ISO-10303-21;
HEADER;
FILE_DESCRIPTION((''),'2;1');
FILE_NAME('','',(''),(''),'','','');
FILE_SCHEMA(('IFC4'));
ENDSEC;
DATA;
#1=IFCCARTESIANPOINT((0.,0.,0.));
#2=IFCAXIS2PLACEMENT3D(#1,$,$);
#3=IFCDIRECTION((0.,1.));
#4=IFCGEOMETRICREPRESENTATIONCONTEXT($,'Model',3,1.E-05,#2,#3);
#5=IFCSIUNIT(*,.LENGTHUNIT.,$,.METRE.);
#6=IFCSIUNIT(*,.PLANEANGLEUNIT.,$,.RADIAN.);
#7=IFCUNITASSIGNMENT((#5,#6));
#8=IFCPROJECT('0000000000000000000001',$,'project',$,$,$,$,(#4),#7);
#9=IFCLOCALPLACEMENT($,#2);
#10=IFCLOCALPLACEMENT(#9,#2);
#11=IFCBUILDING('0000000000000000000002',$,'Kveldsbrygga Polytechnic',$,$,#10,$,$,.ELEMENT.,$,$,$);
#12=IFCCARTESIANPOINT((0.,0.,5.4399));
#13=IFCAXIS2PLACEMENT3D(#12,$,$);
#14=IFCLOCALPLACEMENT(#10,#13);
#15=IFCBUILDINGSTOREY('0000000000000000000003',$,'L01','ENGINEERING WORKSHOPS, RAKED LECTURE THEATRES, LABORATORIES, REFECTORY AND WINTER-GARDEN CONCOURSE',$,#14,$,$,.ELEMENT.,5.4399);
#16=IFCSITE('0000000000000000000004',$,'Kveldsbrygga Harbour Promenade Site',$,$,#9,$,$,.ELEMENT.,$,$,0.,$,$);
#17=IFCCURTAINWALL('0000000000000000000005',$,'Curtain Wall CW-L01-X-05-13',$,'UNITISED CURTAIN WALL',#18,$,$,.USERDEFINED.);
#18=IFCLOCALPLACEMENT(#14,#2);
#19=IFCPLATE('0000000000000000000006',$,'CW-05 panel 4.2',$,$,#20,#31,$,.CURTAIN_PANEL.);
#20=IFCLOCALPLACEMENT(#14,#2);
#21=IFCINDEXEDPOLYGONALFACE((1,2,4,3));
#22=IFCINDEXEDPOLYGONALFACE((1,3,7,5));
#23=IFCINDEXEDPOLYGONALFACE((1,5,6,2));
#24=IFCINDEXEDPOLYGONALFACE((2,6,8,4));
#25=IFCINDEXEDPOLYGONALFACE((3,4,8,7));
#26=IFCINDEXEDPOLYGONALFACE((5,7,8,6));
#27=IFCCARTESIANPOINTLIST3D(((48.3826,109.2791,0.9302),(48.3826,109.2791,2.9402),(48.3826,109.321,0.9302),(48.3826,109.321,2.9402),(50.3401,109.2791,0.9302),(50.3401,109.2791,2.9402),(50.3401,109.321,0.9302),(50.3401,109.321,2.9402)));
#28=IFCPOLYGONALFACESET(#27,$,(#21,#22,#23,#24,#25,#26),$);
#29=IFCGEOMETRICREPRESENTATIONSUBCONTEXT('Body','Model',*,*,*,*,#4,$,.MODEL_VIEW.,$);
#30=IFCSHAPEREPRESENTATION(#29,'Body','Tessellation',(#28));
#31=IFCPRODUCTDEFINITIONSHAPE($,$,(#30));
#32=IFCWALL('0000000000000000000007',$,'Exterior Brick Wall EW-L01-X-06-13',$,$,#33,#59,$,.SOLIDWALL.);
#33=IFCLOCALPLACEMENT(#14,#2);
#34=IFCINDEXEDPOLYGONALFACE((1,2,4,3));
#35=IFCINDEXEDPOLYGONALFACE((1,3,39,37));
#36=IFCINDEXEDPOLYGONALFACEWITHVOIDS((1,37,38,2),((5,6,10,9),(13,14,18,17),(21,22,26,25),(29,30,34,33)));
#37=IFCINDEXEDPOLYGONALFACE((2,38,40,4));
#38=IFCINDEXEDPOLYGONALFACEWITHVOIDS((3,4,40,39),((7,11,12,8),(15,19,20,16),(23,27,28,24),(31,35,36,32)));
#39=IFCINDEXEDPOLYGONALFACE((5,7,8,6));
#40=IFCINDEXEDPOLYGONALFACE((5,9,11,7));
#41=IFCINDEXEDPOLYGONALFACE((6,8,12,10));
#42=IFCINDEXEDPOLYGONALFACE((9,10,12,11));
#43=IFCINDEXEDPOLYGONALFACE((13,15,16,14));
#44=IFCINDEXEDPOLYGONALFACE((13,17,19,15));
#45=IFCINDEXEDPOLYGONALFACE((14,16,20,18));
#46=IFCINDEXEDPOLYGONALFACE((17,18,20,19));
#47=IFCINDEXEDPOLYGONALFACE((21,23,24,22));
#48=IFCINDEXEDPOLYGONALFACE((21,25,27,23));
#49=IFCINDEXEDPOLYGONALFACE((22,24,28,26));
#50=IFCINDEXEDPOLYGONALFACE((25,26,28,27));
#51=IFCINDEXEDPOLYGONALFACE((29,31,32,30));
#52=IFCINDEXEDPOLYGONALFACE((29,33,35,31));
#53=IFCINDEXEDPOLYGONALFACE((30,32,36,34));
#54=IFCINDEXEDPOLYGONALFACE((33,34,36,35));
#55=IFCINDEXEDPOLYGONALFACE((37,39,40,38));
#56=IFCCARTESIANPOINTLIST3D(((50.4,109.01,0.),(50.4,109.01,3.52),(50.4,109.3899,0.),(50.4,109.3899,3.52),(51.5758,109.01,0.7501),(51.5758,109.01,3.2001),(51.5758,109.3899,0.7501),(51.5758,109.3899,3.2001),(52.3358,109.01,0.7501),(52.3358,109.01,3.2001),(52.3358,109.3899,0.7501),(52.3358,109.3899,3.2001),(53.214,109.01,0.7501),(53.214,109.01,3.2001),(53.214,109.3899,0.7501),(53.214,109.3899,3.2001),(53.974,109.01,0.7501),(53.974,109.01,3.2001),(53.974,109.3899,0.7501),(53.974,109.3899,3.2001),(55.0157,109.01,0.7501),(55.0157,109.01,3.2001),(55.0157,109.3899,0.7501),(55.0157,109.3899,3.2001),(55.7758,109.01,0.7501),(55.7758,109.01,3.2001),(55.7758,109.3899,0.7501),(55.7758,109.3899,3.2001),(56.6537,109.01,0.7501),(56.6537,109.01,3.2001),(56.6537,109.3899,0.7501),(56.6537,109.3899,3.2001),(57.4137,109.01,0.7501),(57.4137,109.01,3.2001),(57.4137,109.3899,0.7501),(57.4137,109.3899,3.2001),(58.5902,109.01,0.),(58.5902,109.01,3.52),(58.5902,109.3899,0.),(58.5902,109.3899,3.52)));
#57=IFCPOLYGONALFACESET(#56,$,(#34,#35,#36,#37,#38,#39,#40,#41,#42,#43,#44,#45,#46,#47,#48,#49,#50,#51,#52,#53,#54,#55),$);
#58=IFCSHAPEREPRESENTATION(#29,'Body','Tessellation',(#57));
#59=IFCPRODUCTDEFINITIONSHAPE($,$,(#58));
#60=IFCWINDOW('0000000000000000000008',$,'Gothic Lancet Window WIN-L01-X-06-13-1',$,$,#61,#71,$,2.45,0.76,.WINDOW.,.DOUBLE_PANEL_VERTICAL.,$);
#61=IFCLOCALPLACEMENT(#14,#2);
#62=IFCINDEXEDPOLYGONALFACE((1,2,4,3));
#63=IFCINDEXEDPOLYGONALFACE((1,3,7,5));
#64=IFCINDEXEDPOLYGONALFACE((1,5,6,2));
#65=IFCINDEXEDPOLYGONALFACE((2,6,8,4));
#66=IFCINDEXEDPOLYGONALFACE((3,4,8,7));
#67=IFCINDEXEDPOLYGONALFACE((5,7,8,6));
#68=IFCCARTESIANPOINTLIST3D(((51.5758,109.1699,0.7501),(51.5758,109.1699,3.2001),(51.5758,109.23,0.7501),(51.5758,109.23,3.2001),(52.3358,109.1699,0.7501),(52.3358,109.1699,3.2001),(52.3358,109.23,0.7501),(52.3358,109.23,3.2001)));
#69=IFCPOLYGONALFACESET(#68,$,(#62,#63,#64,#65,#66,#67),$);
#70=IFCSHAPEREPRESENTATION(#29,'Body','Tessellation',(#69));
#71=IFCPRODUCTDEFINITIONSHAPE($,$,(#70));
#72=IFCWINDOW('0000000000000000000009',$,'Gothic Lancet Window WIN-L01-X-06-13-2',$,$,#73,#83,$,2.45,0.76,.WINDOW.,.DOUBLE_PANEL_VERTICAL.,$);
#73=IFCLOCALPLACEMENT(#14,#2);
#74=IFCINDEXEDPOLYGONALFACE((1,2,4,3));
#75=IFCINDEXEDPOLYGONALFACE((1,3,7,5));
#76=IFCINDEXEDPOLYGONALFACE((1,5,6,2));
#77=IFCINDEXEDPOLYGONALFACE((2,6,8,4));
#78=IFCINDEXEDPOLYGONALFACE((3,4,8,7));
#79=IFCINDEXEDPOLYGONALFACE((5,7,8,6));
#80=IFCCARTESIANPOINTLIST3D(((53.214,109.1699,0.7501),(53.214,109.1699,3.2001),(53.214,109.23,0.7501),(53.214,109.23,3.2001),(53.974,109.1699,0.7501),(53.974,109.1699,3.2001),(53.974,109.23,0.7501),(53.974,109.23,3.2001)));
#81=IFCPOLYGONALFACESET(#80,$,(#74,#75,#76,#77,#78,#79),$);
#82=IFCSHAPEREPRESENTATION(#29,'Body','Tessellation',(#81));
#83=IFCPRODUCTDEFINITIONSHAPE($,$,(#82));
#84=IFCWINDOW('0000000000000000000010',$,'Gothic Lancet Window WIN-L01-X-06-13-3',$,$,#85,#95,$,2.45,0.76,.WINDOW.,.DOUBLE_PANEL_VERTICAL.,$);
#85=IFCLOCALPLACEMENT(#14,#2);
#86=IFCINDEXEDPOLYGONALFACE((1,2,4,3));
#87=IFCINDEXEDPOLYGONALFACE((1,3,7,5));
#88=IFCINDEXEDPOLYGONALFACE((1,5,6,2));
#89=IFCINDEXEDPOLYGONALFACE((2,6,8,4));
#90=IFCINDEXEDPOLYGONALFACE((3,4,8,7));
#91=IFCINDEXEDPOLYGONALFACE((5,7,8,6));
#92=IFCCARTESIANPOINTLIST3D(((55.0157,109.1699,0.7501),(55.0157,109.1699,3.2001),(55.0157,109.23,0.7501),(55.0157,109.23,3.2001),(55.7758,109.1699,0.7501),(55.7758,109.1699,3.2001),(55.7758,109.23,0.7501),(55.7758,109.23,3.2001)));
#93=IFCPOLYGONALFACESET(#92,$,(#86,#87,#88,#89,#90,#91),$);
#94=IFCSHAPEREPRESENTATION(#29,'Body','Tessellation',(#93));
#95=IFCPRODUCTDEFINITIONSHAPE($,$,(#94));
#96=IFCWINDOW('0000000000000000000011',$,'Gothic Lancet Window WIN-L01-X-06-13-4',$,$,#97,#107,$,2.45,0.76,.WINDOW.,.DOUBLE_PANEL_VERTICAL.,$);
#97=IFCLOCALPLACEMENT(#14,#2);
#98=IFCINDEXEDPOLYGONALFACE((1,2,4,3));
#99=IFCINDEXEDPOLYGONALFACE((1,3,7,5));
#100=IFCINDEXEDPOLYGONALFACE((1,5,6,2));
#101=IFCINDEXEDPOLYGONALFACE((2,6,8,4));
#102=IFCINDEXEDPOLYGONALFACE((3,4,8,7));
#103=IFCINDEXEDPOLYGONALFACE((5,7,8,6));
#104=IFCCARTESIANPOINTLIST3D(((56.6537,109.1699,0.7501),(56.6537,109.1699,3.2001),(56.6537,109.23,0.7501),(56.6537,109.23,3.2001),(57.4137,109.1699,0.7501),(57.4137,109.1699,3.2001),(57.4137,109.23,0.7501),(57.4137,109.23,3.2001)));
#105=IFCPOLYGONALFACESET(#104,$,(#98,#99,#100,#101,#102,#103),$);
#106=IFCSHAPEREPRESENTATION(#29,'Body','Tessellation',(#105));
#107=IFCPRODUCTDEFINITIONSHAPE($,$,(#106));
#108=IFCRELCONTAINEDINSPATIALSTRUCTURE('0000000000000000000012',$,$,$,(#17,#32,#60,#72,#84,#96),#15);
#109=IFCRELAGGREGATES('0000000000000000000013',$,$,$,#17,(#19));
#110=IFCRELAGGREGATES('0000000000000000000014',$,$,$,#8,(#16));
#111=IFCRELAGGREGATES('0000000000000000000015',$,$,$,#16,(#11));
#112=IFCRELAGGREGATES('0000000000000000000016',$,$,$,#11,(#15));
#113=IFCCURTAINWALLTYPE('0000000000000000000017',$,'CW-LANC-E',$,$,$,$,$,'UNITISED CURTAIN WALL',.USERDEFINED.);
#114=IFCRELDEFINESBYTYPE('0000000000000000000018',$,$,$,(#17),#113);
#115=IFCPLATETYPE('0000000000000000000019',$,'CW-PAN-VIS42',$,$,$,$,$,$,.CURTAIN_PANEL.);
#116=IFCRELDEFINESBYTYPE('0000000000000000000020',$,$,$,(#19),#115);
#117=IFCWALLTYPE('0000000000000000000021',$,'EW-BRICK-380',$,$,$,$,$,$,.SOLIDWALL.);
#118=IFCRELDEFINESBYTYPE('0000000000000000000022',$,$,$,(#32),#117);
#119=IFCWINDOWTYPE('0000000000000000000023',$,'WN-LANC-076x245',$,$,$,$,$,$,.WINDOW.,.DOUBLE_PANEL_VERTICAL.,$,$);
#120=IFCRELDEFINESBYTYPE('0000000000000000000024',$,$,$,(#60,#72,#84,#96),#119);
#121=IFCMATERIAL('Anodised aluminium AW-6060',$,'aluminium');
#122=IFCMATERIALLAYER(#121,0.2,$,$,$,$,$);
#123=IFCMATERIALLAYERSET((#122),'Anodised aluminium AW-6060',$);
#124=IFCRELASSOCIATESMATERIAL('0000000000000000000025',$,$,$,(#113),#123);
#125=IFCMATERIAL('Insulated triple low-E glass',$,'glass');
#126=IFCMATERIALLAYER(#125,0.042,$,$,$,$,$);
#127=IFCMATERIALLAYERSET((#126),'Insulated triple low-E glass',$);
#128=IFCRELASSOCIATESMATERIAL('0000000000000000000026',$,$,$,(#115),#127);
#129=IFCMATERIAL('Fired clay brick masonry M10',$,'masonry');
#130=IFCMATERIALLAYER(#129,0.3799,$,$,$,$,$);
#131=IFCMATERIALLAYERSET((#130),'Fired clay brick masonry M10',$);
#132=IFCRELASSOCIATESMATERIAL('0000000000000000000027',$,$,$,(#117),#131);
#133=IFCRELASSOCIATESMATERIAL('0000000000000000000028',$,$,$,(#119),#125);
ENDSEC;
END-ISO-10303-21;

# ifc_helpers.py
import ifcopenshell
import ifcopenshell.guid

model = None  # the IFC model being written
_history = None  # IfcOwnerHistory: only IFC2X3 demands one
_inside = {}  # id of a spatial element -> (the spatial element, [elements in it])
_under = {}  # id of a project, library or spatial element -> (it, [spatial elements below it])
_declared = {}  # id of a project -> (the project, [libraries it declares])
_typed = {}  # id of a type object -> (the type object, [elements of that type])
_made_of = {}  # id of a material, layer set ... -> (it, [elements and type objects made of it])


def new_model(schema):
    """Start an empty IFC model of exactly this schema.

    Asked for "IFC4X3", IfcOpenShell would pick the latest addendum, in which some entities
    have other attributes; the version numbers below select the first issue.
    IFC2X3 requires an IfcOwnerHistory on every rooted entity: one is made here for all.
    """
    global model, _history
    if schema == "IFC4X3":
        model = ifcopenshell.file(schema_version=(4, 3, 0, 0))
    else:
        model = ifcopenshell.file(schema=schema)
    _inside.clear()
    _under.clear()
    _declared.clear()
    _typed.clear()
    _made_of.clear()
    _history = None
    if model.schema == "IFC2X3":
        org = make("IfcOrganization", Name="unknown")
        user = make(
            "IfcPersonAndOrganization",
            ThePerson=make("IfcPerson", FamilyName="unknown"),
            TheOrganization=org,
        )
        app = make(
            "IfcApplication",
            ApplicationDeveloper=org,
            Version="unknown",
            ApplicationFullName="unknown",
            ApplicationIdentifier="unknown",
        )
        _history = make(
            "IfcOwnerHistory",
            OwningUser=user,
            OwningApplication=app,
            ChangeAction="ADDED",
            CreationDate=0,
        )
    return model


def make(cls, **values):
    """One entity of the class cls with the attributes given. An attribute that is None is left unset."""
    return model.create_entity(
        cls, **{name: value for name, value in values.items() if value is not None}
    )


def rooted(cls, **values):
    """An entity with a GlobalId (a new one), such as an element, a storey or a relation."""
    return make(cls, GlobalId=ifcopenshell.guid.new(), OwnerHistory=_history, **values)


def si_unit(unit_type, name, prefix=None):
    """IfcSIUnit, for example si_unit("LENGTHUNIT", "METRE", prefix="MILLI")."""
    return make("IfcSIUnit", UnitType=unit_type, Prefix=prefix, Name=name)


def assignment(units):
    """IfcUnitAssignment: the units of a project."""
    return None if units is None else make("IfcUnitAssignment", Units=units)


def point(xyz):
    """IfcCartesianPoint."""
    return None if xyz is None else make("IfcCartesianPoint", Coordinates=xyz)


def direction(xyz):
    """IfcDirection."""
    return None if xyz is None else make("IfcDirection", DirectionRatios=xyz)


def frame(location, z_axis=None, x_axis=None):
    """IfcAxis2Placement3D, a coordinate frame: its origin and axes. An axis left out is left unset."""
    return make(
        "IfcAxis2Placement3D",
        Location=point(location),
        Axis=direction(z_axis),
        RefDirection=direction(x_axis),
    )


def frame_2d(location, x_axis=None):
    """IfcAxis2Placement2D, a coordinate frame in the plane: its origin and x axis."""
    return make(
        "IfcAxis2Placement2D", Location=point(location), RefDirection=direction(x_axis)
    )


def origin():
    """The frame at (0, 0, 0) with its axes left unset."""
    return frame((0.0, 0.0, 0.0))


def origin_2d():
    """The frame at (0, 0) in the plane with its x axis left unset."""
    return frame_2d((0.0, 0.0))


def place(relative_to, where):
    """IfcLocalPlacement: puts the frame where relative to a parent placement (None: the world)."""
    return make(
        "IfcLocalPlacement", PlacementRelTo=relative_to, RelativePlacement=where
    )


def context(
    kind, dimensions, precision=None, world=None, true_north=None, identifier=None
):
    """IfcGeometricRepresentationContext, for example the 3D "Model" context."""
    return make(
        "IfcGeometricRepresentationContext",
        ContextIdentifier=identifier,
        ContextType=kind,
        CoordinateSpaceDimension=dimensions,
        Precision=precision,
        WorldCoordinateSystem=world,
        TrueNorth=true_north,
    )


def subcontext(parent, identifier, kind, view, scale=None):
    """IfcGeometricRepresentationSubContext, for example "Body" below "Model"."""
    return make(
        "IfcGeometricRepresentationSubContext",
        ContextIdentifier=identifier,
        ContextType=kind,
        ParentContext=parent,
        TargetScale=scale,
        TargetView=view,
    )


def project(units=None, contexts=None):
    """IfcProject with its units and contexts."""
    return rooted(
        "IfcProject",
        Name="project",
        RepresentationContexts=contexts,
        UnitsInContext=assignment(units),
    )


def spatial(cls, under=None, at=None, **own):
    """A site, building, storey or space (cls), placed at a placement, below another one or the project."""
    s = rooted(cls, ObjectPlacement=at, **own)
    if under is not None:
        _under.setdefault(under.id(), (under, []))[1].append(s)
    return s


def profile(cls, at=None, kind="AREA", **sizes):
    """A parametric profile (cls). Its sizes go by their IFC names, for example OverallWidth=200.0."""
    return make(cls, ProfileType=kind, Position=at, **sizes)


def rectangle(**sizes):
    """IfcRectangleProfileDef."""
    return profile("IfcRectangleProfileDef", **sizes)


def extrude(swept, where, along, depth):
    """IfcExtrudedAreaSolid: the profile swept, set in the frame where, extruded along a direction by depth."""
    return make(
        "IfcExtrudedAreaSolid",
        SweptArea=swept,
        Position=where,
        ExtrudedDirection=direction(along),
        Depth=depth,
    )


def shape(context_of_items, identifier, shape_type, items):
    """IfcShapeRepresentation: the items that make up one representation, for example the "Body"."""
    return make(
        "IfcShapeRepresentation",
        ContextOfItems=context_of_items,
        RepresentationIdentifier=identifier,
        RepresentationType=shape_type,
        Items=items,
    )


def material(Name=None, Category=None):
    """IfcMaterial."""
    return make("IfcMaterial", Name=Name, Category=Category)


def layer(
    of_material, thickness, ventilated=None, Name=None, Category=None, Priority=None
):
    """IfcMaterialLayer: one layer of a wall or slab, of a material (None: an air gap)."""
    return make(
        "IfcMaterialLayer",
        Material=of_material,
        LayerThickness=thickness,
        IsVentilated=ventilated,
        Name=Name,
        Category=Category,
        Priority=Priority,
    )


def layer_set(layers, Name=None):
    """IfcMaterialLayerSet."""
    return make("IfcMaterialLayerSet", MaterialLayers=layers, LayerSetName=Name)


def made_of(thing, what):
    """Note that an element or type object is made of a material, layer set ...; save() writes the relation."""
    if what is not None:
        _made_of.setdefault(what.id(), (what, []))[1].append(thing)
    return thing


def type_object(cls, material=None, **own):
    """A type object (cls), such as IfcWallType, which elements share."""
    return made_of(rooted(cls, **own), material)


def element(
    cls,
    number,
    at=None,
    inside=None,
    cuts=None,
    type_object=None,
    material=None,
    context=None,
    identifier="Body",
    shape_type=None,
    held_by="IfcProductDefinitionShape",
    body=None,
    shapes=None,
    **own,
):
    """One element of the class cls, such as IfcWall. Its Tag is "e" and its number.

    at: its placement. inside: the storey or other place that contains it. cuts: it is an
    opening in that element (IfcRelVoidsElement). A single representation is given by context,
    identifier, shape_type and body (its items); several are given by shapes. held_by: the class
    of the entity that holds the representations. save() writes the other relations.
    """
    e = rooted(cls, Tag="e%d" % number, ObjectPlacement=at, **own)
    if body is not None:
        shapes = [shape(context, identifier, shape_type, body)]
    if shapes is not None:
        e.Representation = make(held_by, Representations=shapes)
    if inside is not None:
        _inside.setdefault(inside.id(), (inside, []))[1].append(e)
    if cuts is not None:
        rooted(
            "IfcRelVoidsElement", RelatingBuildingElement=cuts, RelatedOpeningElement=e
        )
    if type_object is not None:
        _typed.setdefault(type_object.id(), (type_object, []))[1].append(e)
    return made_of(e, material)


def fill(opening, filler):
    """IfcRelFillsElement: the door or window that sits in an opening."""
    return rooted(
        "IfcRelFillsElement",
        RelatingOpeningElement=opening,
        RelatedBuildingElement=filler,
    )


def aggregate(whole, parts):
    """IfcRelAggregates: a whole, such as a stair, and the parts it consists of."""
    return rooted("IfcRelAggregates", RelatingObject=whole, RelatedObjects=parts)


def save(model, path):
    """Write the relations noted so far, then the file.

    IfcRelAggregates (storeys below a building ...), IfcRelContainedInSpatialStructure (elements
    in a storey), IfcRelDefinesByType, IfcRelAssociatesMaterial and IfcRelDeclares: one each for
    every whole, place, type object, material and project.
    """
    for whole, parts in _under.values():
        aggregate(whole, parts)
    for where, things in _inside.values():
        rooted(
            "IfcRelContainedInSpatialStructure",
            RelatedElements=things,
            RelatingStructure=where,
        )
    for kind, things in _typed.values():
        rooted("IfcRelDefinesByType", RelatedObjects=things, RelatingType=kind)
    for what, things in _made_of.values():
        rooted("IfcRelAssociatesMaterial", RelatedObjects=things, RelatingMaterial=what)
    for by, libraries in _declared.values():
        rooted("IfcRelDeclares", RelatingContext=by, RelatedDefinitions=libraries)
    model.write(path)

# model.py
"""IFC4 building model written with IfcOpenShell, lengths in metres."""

from ifc_helpers import new_model, si_unit, direction, frame, frame_2d, origin, origin_2d, place, context, subcontext, project, spatial, rectangle, extrude, material, layer, layer_set, type_object, element, fill, aggregate, save


model = new_model("IFC4")

# Units and contexts
model_context = context("Model", 3, precision=1e-05, world=origin(), true_north=direction((0.0, 1.0)))
body_context = subcontext(model_context, "Body", "Model", "MODEL_VIEW")
ifc_project = project(units=[si_unit("LENGTHUNIT", "METRE"), si_unit("PLANEANGLEUNIT", "RADIAN")], contexts=[model_context])

# Site, building, storey
site_placement = place(None, origin())
site = spatial("IfcSite", under=ifc_project, at=site_placement, Name="Kveldsbrygga Harbour Promenade Site", CompositionType="ELEMENT", RefElevation=0.0)
building_placement = place(site_placement, origin())
building = spatial("IfcBuilding", under=site, at=building_placement, Name="Kveldsbrygga Polytechnic", CompositionType="ELEMENT")
storey_placement = place(building_placement, frame((0.0, 0.0, 5.4399)))
storey = spatial("IfcBuildingStorey", under=building, at=storey_placement, Name="L01", Description="ENGINEERING WORKSHOPS, RAKED LECTURE THEATRES, LABORATORIES, REFECTORY AND WINTER-GARDEN CONCOURSE", CompositionType="ELEMENT", Elevation=5.4399)

# Curtain wall, plate
ifc_material_1 = material(Name="Anodised aluminium AW-6060", Category="aluminium")
ifc_layer_1 = layer(ifc_material_1, 0.2)
ifc_layer_set_1 = layer_set([ifc_layer_1], Name="Anodised aluminium AW-6060")
curtain_wall_type = type_object("IfcCurtainWallType", Name="CW-LANC-E", ElementType="UNITISED CURTAIN WALL", PredefinedType="USERDEFINED", material=ifc_layer_set_1)
curtain_wall_placement = place(storey_placement, origin())
curtain_wall = element("IfcCurtainWall", 1, at=curtain_wall_placement, inside=storey, type_object=curtain_wall_type, Name="Curtain Wall CW-L01-X-05-13", ObjectType="UNITISED CURTAIN WALL", PredefinedType="USERDEFINED")
ifc_material_2 = material(Name="Insulated triple low-E glass", Category="glass")
ifc_layer_2 = layer(ifc_material_2, 0.042)
ifc_layer_set_2 = layer_set([ifc_layer_2], Name="Insulated triple low-E glass")
plate_type = type_object("IfcPlateType", Name="CW-PAN-VIS42", PredefinedType="CURTAIN_PANEL", material=ifc_layer_set_2)
plate_1_placement = place(storey_placement, frame((49.3613, 109.3, 0.9302), z_axis=(0.0, 0.0, 1.0), x_axis=(1.0, 0.0, 0.0)))
plate_1 = element("IfcPlate", 2, at=plate_1_placement, type_object=plate_type, Name="CW-05 panel 4.2", PredefinedType="CURTAIN_PANEL", context=body_context, shape_type="SweptSolid", body=[
    extrude(rectangle(XDim=1.9575, YDim=0.042, at=origin_2d()), origin(), (0.0, 0.0, 1.0), 2.01),
])
aggregate(curtain_wall, [plate_1])

# Wall, openings, windows
ifc_material_3 = material(Name="Fired clay brick masonry M10", Category="masonry")
ifc_layer_3 = layer(ifc_material_3, 0.3799)
ifc_layer_set_3 = layer_set([ifc_layer_3], Name="Fired clay brick masonry M10")
wall_type_1 = type_object("IfcWallType", Name="EW-BRICK-380", PredefinedType="SOLIDWALL", material=ifc_layer_set_3)
wall_1_placement = place(storey_placement, frame((50.3999, 109.2, 0.0), z_axis=(0.0, 0.0, 1.0), x_axis=(1.0, 0.0, 0.0)))
wall_1 = element("IfcWall", 3, at=wall_1_placement, inside=storey, type_object=wall_type_1, Name="Exterior Brick Wall EW-L01-X-06-13", PredefinedType="SOLIDWALL", context=body_context, shape_type="SweptSolid", body=[
    extrude(rectangle(XDim=8.1902, YDim=0.3799, at=frame_2d((4.0952, 0.0))), origin(), (0.0, 0.0, 1.0), 3.52),
])
opening_1_placement = place(wall_1_placement, frame((1.176, 0.0, 0.75)))
opening_1 = element("IfcOpeningElement", 4, at=opening_1_placement, cuts=wall_1, PredefinedType="OPENING", context=body_context, shape_type="SweptSolid", body=[
    extrude(rectangle(XDim=0.76, YDim=2.45, at=frame_2d((0.3799, 1.2251))), frame((0.0, 0.2, 0.0), z_axis=(0.0, -1.0, 0.0), x_axis=(1.0, 0.0, 0.0)), (0.0, 0.0, 1.0), 0.3999),
])
opening_2_placement = place(wall_1_placement, frame((2.8142, 0.0, 0.75)))
opening_2 = element("IfcOpeningElement", 5, at=opening_2_placement, cuts=wall_1, PredefinedType="OPENING", context=body_context, shape_type="SweptSolid", body=[
    extrude(rectangle(XDim=0.76, YDim=2.45, at=frame_2d((0.3799, 1.2251))), frame((0.0, 0.2, 0.0), z_axis=(0.0, -1.0, 0.0), x_axis=(1.0, 0.0, 0.0)), (0.0, 0.0, 1.0), 0.3999),
])
opening_3_placement = place(wall_1_placement, frame((4.616, 0.0, 0.75)))
opening_3 = element("IfcOpeningElement", 6, at=opening_3_placement, cuts=wall_1, PredefinedType="OPENING", context=body_context, shape_type="SweptSolid", body=[
    extrude(rectangle(XDim=0.76, YDim=2.45, at=frame_2d((0.3799, 1.2251))), frame((0.0, 0.2, 0.0), z_axis=(0.0, -1.0, 0.0), x_axis=(1.0, 0.0, 0.0)), (0.0, 0.0, 1.0), 0.3999),
])
opening_4_placement = place(wall_1_placement, frame((6.2539, 0.0, 0.75)))
opening_4 = element("IfcOpeningElement", 7, at=opening_4_placement, cuts=wall_1, PredefinedType="OPENING", context=body_context, shape_type="SweptSolid", body=[
    extrude(rectangle(XDim=0.76, YDim=2.45, at=frame_2d((0.3799, 1.2251))), frame((0.0, 0.2, 0.0), z_axis=(0.0, -1.0, 0.0), x_axis=(1.0, 0.0, 0.0)), (0.0, 0.0, 1.0), 0.3999),
])
window_type_1 = type_object("IfcWindowType", Name="WN-LANC-076x245", PartitioningType="DOUBLE_PANEL_VERTICAL", PredefinedType="WINDOW", material=ifc_material_2)
window_1_placement = place(opening_1_placement, origin())
window_1 = element("IfcWindow", 8, at=window_1_placement, inside=storey, type_object=window_type_1, Name="Gothic Lancet Window WIN-L01-X-06-13-1", OverallHeight=2.45, OverallWidth=0.76, PartitioningType="DOUBLE_PANEL_VERTICAL", PredefinedType="WINDOW", context=body_context, shape_type="SweptSolid", body=[
    extrude(rectangle(XDim=0.76, YDim=2.45, at=frame_2d((0.3799, 1.2251))), frame((0.0, 0.03, 0.0), z_axis=(0.0, -1.0, 0.0), x_axis=(1.0, 0.0, 0.0)), (0.0, 0.0, 1.0), 0.0601),
])
fill(opening_1, window_1)
window_2_placement = place(opening_2_placement, origin())
window_2 = element("IfcWindow", 9, at=window_2_placement, inside=storey, type_object=window_type_1, Name="Gothic Lancet Window WIN-L01-X-06-13-2", OverallHeight=2.45, OverallWidth=0.76, PartitioningType="DOUBLE_PANEL_VERTICAL", PredefinedType="WINDOW", context=body_context, shape_type="SweptSolid", body=[
    extrude(rectangle(XDim=0.76, YDim=2.45, at=frame_2d((0.3799, 1.2251))), frame((0.0, 0.03, 0.0), z_axis=(0.0, -1.0, 0.0), x_axis=(1.0, 0.0, 0.0)), (0.0, 0.0, 1.0), 0.0601),
])
fill(opening_2, window_2)
window_3_placement = place(opening_3_placement, origin())
window_3 = element("IfcWindow", 10, at=window_3_placement, inside=storey, type_object=window_type_1, Name="Gothic Lancet Window WIN-L01-X-06-13-3", OverallHeight=2.45, OverallWidth=0.76, PartitioningType="DOUBLE_PANEL_VERTICAL", PredefinedType="WINDOW", context=body_context, shape_type="SweptSolid", body=[
    extrude(rectangle(XDim=0.76, YDim=2.45, at=frame_2d((0.3799, 1.2251))), frame((0.0, 0.03, 0.0), z_axis=(0.0, -1.0, 0.0), x_axis=(1.0, 0.0, 0.0)), (0.0, 0.0, 1.0), 0.0601),
])
fill(opening_3, window_3)
window_4_placement = place(opening_4_placement, origin())
window_4 = element("IfcWindow", 11, at=window_4_placement, inside=storey, type_object=window_type_1, Name="Gothic Lancet Window WIN-L01-X-06-13-4", OverallHeight=2.45, OverallWidth=0.76, PartitioningType="DOUBLE_PANEL_VERTICAL", PredefinedType="WINDOW", context=body_context, shape_type="SweptSolid", body=[
    extrude(rectangle(XDim=0.76, YDim=2.45, at=frame_2d((0.3799, 1.2251))), frame((0.0, 0.03, 0.0), z_axis=(0.0, -1.0, 0.0), x_axis=(1.0, 0.0, 0.0)), (0.0, 0.0, 1.0), 0.0601),
])
fill(opening_4, window_4)

save(model, "model.ifc")
